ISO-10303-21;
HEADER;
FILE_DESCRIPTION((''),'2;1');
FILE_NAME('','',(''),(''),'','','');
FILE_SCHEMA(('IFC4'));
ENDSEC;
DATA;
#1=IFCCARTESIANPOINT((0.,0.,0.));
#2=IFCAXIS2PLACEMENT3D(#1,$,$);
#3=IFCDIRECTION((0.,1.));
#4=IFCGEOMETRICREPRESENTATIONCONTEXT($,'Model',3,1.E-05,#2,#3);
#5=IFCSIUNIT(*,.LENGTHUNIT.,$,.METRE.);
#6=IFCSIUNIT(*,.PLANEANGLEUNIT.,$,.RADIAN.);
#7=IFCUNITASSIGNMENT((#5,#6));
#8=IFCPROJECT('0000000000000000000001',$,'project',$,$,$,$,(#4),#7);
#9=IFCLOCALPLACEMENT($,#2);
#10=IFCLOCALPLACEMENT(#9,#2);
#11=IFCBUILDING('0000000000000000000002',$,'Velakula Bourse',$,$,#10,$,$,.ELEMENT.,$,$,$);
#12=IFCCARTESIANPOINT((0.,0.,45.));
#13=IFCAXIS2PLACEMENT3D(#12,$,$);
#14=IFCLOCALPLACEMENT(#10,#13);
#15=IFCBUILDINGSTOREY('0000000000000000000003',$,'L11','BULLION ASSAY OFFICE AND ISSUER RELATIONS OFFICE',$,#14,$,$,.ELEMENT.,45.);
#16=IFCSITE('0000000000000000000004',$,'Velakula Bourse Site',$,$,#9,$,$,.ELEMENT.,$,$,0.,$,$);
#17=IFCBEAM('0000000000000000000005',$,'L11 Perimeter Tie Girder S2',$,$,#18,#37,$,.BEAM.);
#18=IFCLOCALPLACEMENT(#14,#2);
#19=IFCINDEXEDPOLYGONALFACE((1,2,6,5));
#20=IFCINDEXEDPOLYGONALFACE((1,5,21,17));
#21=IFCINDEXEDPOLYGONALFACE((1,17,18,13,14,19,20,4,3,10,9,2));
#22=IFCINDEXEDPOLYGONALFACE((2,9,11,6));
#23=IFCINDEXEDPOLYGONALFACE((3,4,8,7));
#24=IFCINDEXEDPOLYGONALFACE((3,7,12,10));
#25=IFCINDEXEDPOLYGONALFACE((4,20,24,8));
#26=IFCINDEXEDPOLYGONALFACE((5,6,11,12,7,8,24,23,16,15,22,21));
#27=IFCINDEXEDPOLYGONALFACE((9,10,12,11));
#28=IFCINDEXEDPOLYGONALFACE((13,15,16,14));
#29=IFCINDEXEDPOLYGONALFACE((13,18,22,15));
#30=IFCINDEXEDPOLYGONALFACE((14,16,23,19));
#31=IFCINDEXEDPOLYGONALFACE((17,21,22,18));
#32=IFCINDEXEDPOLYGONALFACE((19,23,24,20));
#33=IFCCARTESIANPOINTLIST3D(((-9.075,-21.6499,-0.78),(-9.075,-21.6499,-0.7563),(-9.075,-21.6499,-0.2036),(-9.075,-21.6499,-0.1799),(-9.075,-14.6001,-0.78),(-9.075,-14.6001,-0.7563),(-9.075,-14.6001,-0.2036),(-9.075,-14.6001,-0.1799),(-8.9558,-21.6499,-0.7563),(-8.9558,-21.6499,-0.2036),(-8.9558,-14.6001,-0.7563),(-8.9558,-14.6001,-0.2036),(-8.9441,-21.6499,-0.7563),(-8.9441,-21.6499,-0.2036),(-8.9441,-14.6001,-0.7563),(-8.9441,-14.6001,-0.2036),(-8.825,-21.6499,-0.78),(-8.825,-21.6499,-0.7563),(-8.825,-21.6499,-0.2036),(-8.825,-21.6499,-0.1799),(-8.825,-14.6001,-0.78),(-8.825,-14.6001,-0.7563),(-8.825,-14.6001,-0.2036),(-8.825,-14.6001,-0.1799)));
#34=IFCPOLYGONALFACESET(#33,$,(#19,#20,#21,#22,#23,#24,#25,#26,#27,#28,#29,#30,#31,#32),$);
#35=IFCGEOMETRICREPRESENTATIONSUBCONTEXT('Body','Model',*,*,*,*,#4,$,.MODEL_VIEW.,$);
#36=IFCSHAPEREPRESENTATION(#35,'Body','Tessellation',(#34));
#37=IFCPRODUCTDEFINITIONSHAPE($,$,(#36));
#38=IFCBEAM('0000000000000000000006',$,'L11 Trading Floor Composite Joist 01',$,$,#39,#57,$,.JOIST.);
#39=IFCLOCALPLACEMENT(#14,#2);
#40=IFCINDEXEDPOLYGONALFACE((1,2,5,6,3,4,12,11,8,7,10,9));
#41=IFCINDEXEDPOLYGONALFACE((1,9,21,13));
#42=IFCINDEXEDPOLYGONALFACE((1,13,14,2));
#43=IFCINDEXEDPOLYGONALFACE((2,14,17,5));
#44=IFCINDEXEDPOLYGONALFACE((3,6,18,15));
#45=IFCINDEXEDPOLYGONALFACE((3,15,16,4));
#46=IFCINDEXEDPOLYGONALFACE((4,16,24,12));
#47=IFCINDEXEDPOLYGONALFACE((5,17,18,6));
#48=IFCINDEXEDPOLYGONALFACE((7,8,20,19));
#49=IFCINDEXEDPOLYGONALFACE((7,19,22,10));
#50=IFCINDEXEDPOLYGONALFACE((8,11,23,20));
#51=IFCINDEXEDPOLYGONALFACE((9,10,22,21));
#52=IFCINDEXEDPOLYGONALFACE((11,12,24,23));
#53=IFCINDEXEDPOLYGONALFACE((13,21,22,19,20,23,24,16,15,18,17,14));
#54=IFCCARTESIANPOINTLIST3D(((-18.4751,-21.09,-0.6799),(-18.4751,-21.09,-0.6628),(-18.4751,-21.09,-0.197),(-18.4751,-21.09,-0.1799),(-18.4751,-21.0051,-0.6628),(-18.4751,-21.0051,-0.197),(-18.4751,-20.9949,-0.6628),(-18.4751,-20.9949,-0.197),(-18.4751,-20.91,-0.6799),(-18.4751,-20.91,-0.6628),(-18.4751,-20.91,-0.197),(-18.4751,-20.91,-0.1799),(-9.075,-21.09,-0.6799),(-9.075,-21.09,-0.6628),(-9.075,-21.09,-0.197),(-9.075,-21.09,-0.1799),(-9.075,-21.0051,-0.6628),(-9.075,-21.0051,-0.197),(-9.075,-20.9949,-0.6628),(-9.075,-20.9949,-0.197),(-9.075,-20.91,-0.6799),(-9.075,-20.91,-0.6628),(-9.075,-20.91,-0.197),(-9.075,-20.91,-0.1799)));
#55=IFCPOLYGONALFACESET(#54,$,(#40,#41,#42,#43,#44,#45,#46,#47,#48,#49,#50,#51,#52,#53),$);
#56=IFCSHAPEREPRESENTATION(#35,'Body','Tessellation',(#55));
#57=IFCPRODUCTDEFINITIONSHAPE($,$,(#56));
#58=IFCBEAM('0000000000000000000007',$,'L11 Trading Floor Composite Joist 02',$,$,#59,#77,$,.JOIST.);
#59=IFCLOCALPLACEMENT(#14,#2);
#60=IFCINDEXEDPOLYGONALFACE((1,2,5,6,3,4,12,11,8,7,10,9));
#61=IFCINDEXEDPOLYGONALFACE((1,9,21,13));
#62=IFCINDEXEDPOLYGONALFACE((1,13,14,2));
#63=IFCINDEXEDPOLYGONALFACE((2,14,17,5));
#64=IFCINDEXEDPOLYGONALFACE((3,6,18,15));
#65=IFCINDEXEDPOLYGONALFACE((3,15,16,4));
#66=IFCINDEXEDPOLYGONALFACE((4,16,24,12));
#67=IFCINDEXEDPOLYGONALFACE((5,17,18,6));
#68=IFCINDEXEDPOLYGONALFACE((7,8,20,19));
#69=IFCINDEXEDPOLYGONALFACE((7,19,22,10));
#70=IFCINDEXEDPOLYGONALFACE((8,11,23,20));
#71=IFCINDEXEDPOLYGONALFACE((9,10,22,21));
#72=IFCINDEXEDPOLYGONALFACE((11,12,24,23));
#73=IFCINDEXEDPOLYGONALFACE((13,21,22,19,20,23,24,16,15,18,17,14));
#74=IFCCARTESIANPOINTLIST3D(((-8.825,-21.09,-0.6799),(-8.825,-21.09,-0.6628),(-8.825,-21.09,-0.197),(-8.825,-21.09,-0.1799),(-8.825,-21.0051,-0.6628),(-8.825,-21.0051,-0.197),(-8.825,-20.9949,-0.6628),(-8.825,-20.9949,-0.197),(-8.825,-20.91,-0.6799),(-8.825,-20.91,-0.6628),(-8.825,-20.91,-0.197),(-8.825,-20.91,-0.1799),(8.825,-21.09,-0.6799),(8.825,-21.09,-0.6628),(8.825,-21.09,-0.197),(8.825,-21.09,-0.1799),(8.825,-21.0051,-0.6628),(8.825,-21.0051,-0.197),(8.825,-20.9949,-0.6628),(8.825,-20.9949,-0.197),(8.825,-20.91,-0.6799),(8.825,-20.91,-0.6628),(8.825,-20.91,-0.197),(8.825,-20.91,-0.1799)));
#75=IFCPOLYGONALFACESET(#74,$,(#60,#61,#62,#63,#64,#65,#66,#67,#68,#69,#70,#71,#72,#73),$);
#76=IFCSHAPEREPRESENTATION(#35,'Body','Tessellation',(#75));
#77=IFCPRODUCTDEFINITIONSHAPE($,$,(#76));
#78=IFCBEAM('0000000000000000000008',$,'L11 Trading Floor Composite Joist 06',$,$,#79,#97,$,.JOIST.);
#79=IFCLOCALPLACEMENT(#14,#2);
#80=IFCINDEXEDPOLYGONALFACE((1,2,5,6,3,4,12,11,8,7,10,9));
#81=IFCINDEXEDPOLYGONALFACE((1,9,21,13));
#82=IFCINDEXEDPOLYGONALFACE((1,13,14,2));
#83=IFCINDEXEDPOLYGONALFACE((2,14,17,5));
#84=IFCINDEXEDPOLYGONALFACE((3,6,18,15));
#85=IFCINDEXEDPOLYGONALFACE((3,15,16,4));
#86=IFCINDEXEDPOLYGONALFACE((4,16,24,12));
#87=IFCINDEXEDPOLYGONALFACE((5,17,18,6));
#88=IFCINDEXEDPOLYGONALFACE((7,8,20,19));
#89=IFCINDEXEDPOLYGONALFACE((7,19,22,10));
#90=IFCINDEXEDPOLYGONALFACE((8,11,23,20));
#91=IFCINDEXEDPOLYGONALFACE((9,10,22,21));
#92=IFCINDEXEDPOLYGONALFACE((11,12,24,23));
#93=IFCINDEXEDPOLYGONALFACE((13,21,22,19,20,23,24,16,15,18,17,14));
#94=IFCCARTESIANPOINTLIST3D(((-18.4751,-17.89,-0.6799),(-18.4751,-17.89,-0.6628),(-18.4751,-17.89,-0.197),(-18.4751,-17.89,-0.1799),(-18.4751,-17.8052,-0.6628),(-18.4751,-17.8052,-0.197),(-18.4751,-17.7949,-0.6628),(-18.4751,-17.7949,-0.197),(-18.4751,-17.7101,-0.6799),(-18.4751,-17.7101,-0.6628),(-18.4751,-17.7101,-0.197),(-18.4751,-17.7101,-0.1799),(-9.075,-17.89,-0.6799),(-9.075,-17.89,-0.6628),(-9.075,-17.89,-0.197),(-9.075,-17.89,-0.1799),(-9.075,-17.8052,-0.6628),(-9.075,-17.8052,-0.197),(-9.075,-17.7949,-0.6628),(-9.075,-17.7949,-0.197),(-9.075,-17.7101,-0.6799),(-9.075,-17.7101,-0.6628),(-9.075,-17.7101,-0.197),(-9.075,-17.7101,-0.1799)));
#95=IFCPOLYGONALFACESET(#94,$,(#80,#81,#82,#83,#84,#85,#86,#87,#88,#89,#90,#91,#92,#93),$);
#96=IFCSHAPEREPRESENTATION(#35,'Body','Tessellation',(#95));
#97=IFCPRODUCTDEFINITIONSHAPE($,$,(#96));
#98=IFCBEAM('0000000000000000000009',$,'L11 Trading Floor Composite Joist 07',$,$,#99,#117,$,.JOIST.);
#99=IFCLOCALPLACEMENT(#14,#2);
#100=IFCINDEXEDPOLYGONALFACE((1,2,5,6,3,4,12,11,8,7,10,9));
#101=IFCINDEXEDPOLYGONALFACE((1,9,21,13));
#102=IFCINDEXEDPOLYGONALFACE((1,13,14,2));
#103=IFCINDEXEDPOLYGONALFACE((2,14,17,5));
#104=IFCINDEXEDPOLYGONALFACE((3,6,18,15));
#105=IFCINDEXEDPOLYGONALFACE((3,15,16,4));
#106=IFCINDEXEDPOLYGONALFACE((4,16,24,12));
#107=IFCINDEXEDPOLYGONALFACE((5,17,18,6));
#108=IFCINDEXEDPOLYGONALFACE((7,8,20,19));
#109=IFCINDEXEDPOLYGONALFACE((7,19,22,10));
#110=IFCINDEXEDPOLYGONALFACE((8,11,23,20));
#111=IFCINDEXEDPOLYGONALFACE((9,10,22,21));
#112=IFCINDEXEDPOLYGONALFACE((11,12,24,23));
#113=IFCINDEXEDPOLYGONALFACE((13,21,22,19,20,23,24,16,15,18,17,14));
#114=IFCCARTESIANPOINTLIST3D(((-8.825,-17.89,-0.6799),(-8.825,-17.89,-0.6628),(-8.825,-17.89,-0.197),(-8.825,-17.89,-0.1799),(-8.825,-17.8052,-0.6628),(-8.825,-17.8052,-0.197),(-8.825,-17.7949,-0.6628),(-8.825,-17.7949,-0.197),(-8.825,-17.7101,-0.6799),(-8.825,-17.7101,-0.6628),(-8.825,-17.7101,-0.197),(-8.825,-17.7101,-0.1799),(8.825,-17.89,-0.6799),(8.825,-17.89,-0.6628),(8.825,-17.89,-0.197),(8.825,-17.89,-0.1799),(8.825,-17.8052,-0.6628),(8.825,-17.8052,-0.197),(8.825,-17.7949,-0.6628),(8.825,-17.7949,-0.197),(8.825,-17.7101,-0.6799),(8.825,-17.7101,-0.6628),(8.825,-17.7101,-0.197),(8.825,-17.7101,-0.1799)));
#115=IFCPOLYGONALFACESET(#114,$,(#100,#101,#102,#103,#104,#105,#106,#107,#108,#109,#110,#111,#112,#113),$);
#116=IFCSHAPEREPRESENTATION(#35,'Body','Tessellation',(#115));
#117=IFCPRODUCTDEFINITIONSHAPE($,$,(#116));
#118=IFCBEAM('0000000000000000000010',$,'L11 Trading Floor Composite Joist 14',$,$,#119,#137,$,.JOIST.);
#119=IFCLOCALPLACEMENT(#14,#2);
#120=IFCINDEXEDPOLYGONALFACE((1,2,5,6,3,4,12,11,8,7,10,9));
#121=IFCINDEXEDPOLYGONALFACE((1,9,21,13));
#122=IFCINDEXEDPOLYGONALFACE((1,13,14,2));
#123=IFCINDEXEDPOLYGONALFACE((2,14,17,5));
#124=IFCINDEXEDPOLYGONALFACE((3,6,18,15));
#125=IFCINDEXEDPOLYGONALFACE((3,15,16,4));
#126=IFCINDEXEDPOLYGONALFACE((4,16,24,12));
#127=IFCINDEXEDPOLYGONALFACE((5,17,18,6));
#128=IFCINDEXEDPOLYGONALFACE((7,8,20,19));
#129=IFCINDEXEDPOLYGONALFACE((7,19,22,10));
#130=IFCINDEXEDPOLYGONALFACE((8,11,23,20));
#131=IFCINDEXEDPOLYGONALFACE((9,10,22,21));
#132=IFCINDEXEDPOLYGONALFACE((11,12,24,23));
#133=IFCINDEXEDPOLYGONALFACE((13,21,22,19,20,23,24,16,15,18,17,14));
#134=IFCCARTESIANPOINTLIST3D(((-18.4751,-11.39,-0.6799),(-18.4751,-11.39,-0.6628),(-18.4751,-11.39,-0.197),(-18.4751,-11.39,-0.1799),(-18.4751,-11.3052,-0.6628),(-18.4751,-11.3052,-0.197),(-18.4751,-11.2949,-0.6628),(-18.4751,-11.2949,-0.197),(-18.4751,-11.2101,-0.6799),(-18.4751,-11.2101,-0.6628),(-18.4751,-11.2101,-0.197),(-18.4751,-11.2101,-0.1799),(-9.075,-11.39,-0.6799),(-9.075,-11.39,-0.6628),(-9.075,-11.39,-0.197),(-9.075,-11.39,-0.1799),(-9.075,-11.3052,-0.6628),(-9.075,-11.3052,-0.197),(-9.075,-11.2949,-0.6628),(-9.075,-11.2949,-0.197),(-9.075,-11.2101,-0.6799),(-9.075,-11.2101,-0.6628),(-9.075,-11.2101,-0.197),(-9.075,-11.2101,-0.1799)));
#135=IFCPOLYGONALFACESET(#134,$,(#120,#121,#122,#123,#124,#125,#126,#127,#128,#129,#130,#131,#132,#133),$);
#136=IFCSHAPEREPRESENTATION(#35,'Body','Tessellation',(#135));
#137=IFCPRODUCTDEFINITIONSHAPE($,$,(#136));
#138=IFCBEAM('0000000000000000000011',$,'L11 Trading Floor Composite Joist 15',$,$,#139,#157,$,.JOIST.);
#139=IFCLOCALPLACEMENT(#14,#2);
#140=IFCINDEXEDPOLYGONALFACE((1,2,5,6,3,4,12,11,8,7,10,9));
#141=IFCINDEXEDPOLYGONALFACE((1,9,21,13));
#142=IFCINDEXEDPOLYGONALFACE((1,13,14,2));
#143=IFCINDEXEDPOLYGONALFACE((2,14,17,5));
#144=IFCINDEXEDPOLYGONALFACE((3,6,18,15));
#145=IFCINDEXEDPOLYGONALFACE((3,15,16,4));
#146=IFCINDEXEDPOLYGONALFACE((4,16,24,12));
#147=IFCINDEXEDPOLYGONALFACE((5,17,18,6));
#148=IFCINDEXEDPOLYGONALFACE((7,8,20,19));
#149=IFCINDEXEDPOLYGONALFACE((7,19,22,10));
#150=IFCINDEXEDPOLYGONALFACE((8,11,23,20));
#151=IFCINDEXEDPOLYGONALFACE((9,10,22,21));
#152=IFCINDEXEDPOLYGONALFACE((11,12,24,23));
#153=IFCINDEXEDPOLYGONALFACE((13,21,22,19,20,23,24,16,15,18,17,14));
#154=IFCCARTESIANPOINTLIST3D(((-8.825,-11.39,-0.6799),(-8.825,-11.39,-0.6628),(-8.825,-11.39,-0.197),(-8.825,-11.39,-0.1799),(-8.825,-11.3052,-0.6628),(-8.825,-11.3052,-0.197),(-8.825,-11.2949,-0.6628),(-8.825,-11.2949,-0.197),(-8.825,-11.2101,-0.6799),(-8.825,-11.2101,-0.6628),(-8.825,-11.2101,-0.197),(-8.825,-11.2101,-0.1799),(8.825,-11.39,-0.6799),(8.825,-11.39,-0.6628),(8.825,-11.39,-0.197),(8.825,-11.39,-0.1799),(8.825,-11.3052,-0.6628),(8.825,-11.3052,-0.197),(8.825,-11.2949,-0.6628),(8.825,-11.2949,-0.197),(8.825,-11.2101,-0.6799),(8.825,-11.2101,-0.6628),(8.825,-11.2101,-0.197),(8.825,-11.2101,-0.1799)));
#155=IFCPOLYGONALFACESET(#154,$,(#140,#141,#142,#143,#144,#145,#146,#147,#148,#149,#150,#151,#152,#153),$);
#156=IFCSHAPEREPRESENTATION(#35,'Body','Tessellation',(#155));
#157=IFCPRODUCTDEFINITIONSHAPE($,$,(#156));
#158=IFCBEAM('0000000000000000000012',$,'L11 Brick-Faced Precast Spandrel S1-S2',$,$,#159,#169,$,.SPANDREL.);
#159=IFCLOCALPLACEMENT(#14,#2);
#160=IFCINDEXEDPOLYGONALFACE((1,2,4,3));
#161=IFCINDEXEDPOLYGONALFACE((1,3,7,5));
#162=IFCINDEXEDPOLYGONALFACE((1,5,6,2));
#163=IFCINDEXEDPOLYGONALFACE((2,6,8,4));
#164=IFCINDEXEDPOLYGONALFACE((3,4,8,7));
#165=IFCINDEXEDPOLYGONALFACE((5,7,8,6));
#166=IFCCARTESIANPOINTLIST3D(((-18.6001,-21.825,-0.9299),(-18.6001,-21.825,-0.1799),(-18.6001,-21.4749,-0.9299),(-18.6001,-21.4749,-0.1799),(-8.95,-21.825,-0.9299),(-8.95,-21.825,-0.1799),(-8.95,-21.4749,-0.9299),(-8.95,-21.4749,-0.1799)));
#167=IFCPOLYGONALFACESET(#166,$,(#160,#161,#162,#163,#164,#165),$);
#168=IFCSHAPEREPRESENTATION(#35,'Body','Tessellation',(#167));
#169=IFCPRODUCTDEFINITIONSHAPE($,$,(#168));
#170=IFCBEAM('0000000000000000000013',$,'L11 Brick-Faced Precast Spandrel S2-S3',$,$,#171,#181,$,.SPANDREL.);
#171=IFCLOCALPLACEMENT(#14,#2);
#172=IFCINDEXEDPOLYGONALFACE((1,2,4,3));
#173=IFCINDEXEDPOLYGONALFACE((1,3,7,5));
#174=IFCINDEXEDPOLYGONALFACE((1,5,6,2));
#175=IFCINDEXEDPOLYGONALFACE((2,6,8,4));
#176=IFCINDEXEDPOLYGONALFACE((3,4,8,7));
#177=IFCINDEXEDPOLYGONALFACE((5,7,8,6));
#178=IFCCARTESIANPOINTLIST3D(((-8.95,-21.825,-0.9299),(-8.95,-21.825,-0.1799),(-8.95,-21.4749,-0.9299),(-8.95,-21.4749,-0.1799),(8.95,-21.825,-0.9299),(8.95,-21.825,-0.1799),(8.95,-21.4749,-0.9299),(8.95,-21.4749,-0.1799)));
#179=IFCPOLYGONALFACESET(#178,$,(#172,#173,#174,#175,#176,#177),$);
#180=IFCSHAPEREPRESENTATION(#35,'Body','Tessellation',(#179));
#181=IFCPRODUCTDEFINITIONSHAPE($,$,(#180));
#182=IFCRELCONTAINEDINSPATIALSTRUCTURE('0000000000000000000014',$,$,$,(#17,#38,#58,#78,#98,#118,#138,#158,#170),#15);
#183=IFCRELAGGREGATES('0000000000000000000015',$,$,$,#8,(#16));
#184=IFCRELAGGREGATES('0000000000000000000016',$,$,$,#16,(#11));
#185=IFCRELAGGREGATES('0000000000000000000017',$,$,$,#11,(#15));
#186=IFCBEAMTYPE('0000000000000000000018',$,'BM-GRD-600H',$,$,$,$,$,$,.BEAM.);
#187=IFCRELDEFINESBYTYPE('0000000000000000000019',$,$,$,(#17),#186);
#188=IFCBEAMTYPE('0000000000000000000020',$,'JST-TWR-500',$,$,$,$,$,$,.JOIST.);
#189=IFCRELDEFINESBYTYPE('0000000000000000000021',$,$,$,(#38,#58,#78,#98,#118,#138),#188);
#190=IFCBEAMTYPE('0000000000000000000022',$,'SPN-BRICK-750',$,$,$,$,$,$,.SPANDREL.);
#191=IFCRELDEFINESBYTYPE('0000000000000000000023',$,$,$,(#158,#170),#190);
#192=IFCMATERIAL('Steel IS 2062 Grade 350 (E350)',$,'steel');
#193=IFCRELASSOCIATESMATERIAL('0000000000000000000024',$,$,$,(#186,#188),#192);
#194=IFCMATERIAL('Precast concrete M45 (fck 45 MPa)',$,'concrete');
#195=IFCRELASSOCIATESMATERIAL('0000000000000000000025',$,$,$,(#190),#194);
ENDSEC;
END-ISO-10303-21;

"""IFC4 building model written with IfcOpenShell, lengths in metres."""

from ifc_helpers import new_model, si_unit, direction, frame, origin, origin_2d, place, context, subcontext, project, spatial, rectangle, i_section, extrude, material, material_profile, profile_set, type_object, element, save


model = new_model("IFC4")

# Units and contexts
model_context = context("Model", 3, precision=1e-05, world=origin(), true_north=direction((0.0, 1.0)))
body_context = subcontext(model_context, "Body", "Model", "MODEL_VIEW")
ifc_project = project(units=[si_unit("LENGTHUNIT", "METRE"), si_unit("PLANEANGLEUNIT", "RADIAN")], contexts=[model_context])

# Site, building, storey
site_placement = place(None, origin())
site = spatial("IfcSite", under=ifc_project, at=site_placement, Name="Velakula Bourse Site", CompositionType="ELEMENT", RefElevation=0.0)
building_placement = place(site_placement, origin())
building = spatial("IfcBuilding", under=site, at=building_placement, Name="Velakula Bourse", CompositionType="ELEMENT")
storey_placement = place(building_placement, frame((0.0, 0.0, 45.0)))
storey = spatial("IfcBuildingStorey", under=building, at=storey_placement, Name="L11", Description="BULLION ASSAY OFFICE AND ISSUER RELATIONS OFFICE", CompositionType="ELEMENT", Elevation=45.0)

# Beams
ifc_material_1 = material(Name="Steel IS 2062 Grade 350 (E350)", Category="steel")
ifc_material_profile_1 = material_profile(ifc_material_1, i_section(OverallWidth=0.25, OverallDepth=0.6001, WebThickness=0.0117, FlangeThickness=0.0237, at=origin_2d()), Name="Steel IS 2062 Grade 350 (E350)")
ifc_profile_set_1 = profile_set([ifc_material_profile_1], Name="Steel IS 2062 Grade 350 (E350)")
beam_type_1 = type_object("IfcBeamType", Name="BM-GRD-600H", PredefinedType="BEAM", material=ifc_profile_set_1)
for number, where, z_axis, x_axis, name in (
    (1, (-8.95, -14.6001, -0.48), (0.0, -1.0, 0.0), (1.0, 0.0, 0.0), "L11 Perimeter Tie Girder S2"),
):
    element("IfcBeam", number, at=place(storey_placement, frame(where, z_axis=z_axis, x_axis=x_axis)), inside=storey, type_object=beam_type_1, Name=name, PredefinedType="BEAM", context=body_context, shape_type="SweptSolid", body=[
        extrude(i_section(OverallWidth=0.25, OverallDepth=0.6001, WebThickness=0.0117, FlangeThickness=0.0237, at=origin_2d()), origin(), (0.0, 0.0, 1.0), 7.0498),
    ])
ifc_material_profile_2 = material_profile(ifc_material_1, i_section(OverallWidth=0.1799, OverallDepth=0.5, WebThickness=0.0103, FlangeThickness=0.0171, at=origin_2d()), Name="Steel IS 2062 Grade 350 (E350)")
ifc_profile_set_2 = profile_set([ifc_material_profile_2], Name="Steel IS 2062 Grade 350 (E350)")
beam_type_2 = type_object("IfcBeamType", Name="JST-TWR-500", PredefinedType="JOIST", material=ifc_profile_set_2)
beam_1_placement = place(storey_placement, frame((-18.4751, -21.0, -0.4299), z_axis=(1.0, 0.0, 0.0), x_axis=(0.0, 1.0, 0.0)))
element("IfcBeam", 2, at=beam_1_placement, inside=storey, type_object=beam_type_2, Name="L11 Trading Floor Composite Joist 01", PredefinedType="JOIST", context=body_context, shape_type="SweptSolid", body=[
    extrude(i_section(OverallWidth=0.1799, OverallDepth=0.5, WebThickness=0.0103, FlangeThickness=0.0171, at=origin_2d()), origin(), (0.0, 0.0, 1.0), 9.4001),
])
beam_2_placement = place(storey_placement, frame((-8.825, -21.0, -0.4299), z_axis=(1.0, 0.0, 0.0), x_axis=(0.0, 1.0, 0.0)))
element("IfcBeam", 3, at=beam_2_placement, inside=storey, type_object=beam_type_2, Name="L11 Trading Floor Composite Joist 02", PredefinedType="JOIST", context=body_context, shape_type="SweptSolid", body=[
    extrude(i_section(OverallWidth=0.1799, OverallDepth=0.5, WebThickness=0.0103, FlangeThickness=0.0171, at=origin_2d()), origin(), (0.0, 0.0, 1.0), 17.6499),
])
beam_3_placement = place(storey_placement, frame((-18.4751, -17.8, -0.4299), z_axis=(1.0, 0.0, 0.0), x_axis=(0.0, 1.0, 0.0)))
element("IfcBeam", 4, at=beam_3_placement, inside=storey, type_object=beam_type_2, Name="L11 Trading Floor Composite Joist 06", PredefinedType="JOIST", context=body_context, shape_type="SweptSolid", body=[
    extrude(i_section(OverallWidth=0.1799, OverallDepth=0.5, WebThickness=0.0103, FlangeThickness=0.0171, at=origin_2d()), origin(), (0.0, 0.0, 1.0), 9.4001),
])
beam_4_placement = place(storey_placement, frame((-8.825, -17.8, -0.4299), z_axis=(1.0, 0.0, 0.0), x_axis=(0.0, 1.0, 0.0)))
element("IfcBeam", 5, at=beam_4_placement, inside=storey, type_object=beam_type_2, Name="L11 Trading Floor Composite Joist 07", PredefinedType="JOIST", context=body_context, shape_type="SweptSolid", body=[
    extrude(i_section(OverallWidth=0.1799, OverallDepth=0.5, WebThickness=0.0103, FlangeThickness=0.0171, at=origin_2d()), origin(), (0.0, 0.0, 1.0), 17.6499),
])
beam_5_placement = place(storey_placement, frame((-18.4751, -11.3, -0.4299), z_axis=(1.0, 0.0, 0.0), x_axis=(0.0, 1.0, 0.0)))
element("IfcBeam", 6, at=beam_5_placement, inside=storey, type_object=beam_type_2, Name="L11 Trading Floor Composite Joist 14", PredefinedType="JOIST", context=body_context, shape_type="SweptSolid", body=[
    extrude(i_section(OverallWidth=0.1799, OverallDepth=0.5, WebThickness=0.0103, FlangeThickness=0.0171, at=origin_2d()), origin(), (0.0, 0.0, 1.0), 9.4001),
])
beam_6_placement = place(storey_placement, frame((-8.825, -11.3, -0.4299), z_axis=(1.0, 0.0, 0.0), x_axis=(0.0, 1.0, 0.0)))
element("IfcBeam", 7, at=beam_6_placement, inside=storey, type_object=beam_type_2, Name="L11 Trading Floor Composite Joist 15", PredefinedType="JOIST", context=body_context, shape_type="SweptSolid", body=[
    extrude(i_section(OverallWidth=0.1799, OverallDepth=0.5, WebThickness=0.0103, FlangeThickness=0.0171, at=origin_2d()), origin(), (0.0, 0.0, 1.0), 17.6499),
])
ifc_material_2 = material(Name="Precast concrete M45 (fck 45 MPa)", Category="concrete")
ifc_material_profile_3 = material_profile(ifc_material_2, rectangle(XDim=0.3501, YDim=0.75, at=origin_2d()), Name="Precast concrete M45 (fck 45 MPa)")
ifc_profile_set_3 = profile_set([ifc_material_profile_3], Name="Precast concrete M45 (fck 45 MPa)")
beam_type_3 = type_object("IfcBeamType", Name="SPN-BRICK-750", PredefinedType="SPANDREL", material=ifc_profile_set_3)
beam_7_placement = place(storey_placement, frame((-18.6001, -21.6499, -0.5549), z_axis=(1.0, 0.0, 0.0), x_axis=(0.0, 1.0, 0.0)))
element("IfcBeam", 8, at=beam_7_placement, inside=storey, type_object=beam_type_3, Name="L11 Brick-Faced Precast Spandrel S1-S2", PredefinedType="SPANDREL", context=body_context, shape_type="SweptSolid", body=[
    extrude(rectangle(XDim=0.3501, YDim=0.75, at=origin_2d()), origin(), (0.0, 0.0, 1.0), 9.6501),
])
beam_8_placement = place(storey_placement, frame((-8.95, -21.6499, -0.5549), z_axis=(1.0, 0.0, 0.0), x_axis=(0.0, 1.0, 0.0)))
element("IfcBeam", 9, at=beam_8_placement, inside=storey, type_object=beam_type_3, Name="L11 Brick-Faced Precast Spandrel S2-S3", PredefinedType="SPANDREL", context=body_context, shape_type="SweptSolid", body=[
    extrude(rectangle(XDim=0.3501, YDim=0.75, at=origin_2d()), origin(), (0.0, 0.0, 1.0), 17.8999),
])

save(model, "model.ifc")
